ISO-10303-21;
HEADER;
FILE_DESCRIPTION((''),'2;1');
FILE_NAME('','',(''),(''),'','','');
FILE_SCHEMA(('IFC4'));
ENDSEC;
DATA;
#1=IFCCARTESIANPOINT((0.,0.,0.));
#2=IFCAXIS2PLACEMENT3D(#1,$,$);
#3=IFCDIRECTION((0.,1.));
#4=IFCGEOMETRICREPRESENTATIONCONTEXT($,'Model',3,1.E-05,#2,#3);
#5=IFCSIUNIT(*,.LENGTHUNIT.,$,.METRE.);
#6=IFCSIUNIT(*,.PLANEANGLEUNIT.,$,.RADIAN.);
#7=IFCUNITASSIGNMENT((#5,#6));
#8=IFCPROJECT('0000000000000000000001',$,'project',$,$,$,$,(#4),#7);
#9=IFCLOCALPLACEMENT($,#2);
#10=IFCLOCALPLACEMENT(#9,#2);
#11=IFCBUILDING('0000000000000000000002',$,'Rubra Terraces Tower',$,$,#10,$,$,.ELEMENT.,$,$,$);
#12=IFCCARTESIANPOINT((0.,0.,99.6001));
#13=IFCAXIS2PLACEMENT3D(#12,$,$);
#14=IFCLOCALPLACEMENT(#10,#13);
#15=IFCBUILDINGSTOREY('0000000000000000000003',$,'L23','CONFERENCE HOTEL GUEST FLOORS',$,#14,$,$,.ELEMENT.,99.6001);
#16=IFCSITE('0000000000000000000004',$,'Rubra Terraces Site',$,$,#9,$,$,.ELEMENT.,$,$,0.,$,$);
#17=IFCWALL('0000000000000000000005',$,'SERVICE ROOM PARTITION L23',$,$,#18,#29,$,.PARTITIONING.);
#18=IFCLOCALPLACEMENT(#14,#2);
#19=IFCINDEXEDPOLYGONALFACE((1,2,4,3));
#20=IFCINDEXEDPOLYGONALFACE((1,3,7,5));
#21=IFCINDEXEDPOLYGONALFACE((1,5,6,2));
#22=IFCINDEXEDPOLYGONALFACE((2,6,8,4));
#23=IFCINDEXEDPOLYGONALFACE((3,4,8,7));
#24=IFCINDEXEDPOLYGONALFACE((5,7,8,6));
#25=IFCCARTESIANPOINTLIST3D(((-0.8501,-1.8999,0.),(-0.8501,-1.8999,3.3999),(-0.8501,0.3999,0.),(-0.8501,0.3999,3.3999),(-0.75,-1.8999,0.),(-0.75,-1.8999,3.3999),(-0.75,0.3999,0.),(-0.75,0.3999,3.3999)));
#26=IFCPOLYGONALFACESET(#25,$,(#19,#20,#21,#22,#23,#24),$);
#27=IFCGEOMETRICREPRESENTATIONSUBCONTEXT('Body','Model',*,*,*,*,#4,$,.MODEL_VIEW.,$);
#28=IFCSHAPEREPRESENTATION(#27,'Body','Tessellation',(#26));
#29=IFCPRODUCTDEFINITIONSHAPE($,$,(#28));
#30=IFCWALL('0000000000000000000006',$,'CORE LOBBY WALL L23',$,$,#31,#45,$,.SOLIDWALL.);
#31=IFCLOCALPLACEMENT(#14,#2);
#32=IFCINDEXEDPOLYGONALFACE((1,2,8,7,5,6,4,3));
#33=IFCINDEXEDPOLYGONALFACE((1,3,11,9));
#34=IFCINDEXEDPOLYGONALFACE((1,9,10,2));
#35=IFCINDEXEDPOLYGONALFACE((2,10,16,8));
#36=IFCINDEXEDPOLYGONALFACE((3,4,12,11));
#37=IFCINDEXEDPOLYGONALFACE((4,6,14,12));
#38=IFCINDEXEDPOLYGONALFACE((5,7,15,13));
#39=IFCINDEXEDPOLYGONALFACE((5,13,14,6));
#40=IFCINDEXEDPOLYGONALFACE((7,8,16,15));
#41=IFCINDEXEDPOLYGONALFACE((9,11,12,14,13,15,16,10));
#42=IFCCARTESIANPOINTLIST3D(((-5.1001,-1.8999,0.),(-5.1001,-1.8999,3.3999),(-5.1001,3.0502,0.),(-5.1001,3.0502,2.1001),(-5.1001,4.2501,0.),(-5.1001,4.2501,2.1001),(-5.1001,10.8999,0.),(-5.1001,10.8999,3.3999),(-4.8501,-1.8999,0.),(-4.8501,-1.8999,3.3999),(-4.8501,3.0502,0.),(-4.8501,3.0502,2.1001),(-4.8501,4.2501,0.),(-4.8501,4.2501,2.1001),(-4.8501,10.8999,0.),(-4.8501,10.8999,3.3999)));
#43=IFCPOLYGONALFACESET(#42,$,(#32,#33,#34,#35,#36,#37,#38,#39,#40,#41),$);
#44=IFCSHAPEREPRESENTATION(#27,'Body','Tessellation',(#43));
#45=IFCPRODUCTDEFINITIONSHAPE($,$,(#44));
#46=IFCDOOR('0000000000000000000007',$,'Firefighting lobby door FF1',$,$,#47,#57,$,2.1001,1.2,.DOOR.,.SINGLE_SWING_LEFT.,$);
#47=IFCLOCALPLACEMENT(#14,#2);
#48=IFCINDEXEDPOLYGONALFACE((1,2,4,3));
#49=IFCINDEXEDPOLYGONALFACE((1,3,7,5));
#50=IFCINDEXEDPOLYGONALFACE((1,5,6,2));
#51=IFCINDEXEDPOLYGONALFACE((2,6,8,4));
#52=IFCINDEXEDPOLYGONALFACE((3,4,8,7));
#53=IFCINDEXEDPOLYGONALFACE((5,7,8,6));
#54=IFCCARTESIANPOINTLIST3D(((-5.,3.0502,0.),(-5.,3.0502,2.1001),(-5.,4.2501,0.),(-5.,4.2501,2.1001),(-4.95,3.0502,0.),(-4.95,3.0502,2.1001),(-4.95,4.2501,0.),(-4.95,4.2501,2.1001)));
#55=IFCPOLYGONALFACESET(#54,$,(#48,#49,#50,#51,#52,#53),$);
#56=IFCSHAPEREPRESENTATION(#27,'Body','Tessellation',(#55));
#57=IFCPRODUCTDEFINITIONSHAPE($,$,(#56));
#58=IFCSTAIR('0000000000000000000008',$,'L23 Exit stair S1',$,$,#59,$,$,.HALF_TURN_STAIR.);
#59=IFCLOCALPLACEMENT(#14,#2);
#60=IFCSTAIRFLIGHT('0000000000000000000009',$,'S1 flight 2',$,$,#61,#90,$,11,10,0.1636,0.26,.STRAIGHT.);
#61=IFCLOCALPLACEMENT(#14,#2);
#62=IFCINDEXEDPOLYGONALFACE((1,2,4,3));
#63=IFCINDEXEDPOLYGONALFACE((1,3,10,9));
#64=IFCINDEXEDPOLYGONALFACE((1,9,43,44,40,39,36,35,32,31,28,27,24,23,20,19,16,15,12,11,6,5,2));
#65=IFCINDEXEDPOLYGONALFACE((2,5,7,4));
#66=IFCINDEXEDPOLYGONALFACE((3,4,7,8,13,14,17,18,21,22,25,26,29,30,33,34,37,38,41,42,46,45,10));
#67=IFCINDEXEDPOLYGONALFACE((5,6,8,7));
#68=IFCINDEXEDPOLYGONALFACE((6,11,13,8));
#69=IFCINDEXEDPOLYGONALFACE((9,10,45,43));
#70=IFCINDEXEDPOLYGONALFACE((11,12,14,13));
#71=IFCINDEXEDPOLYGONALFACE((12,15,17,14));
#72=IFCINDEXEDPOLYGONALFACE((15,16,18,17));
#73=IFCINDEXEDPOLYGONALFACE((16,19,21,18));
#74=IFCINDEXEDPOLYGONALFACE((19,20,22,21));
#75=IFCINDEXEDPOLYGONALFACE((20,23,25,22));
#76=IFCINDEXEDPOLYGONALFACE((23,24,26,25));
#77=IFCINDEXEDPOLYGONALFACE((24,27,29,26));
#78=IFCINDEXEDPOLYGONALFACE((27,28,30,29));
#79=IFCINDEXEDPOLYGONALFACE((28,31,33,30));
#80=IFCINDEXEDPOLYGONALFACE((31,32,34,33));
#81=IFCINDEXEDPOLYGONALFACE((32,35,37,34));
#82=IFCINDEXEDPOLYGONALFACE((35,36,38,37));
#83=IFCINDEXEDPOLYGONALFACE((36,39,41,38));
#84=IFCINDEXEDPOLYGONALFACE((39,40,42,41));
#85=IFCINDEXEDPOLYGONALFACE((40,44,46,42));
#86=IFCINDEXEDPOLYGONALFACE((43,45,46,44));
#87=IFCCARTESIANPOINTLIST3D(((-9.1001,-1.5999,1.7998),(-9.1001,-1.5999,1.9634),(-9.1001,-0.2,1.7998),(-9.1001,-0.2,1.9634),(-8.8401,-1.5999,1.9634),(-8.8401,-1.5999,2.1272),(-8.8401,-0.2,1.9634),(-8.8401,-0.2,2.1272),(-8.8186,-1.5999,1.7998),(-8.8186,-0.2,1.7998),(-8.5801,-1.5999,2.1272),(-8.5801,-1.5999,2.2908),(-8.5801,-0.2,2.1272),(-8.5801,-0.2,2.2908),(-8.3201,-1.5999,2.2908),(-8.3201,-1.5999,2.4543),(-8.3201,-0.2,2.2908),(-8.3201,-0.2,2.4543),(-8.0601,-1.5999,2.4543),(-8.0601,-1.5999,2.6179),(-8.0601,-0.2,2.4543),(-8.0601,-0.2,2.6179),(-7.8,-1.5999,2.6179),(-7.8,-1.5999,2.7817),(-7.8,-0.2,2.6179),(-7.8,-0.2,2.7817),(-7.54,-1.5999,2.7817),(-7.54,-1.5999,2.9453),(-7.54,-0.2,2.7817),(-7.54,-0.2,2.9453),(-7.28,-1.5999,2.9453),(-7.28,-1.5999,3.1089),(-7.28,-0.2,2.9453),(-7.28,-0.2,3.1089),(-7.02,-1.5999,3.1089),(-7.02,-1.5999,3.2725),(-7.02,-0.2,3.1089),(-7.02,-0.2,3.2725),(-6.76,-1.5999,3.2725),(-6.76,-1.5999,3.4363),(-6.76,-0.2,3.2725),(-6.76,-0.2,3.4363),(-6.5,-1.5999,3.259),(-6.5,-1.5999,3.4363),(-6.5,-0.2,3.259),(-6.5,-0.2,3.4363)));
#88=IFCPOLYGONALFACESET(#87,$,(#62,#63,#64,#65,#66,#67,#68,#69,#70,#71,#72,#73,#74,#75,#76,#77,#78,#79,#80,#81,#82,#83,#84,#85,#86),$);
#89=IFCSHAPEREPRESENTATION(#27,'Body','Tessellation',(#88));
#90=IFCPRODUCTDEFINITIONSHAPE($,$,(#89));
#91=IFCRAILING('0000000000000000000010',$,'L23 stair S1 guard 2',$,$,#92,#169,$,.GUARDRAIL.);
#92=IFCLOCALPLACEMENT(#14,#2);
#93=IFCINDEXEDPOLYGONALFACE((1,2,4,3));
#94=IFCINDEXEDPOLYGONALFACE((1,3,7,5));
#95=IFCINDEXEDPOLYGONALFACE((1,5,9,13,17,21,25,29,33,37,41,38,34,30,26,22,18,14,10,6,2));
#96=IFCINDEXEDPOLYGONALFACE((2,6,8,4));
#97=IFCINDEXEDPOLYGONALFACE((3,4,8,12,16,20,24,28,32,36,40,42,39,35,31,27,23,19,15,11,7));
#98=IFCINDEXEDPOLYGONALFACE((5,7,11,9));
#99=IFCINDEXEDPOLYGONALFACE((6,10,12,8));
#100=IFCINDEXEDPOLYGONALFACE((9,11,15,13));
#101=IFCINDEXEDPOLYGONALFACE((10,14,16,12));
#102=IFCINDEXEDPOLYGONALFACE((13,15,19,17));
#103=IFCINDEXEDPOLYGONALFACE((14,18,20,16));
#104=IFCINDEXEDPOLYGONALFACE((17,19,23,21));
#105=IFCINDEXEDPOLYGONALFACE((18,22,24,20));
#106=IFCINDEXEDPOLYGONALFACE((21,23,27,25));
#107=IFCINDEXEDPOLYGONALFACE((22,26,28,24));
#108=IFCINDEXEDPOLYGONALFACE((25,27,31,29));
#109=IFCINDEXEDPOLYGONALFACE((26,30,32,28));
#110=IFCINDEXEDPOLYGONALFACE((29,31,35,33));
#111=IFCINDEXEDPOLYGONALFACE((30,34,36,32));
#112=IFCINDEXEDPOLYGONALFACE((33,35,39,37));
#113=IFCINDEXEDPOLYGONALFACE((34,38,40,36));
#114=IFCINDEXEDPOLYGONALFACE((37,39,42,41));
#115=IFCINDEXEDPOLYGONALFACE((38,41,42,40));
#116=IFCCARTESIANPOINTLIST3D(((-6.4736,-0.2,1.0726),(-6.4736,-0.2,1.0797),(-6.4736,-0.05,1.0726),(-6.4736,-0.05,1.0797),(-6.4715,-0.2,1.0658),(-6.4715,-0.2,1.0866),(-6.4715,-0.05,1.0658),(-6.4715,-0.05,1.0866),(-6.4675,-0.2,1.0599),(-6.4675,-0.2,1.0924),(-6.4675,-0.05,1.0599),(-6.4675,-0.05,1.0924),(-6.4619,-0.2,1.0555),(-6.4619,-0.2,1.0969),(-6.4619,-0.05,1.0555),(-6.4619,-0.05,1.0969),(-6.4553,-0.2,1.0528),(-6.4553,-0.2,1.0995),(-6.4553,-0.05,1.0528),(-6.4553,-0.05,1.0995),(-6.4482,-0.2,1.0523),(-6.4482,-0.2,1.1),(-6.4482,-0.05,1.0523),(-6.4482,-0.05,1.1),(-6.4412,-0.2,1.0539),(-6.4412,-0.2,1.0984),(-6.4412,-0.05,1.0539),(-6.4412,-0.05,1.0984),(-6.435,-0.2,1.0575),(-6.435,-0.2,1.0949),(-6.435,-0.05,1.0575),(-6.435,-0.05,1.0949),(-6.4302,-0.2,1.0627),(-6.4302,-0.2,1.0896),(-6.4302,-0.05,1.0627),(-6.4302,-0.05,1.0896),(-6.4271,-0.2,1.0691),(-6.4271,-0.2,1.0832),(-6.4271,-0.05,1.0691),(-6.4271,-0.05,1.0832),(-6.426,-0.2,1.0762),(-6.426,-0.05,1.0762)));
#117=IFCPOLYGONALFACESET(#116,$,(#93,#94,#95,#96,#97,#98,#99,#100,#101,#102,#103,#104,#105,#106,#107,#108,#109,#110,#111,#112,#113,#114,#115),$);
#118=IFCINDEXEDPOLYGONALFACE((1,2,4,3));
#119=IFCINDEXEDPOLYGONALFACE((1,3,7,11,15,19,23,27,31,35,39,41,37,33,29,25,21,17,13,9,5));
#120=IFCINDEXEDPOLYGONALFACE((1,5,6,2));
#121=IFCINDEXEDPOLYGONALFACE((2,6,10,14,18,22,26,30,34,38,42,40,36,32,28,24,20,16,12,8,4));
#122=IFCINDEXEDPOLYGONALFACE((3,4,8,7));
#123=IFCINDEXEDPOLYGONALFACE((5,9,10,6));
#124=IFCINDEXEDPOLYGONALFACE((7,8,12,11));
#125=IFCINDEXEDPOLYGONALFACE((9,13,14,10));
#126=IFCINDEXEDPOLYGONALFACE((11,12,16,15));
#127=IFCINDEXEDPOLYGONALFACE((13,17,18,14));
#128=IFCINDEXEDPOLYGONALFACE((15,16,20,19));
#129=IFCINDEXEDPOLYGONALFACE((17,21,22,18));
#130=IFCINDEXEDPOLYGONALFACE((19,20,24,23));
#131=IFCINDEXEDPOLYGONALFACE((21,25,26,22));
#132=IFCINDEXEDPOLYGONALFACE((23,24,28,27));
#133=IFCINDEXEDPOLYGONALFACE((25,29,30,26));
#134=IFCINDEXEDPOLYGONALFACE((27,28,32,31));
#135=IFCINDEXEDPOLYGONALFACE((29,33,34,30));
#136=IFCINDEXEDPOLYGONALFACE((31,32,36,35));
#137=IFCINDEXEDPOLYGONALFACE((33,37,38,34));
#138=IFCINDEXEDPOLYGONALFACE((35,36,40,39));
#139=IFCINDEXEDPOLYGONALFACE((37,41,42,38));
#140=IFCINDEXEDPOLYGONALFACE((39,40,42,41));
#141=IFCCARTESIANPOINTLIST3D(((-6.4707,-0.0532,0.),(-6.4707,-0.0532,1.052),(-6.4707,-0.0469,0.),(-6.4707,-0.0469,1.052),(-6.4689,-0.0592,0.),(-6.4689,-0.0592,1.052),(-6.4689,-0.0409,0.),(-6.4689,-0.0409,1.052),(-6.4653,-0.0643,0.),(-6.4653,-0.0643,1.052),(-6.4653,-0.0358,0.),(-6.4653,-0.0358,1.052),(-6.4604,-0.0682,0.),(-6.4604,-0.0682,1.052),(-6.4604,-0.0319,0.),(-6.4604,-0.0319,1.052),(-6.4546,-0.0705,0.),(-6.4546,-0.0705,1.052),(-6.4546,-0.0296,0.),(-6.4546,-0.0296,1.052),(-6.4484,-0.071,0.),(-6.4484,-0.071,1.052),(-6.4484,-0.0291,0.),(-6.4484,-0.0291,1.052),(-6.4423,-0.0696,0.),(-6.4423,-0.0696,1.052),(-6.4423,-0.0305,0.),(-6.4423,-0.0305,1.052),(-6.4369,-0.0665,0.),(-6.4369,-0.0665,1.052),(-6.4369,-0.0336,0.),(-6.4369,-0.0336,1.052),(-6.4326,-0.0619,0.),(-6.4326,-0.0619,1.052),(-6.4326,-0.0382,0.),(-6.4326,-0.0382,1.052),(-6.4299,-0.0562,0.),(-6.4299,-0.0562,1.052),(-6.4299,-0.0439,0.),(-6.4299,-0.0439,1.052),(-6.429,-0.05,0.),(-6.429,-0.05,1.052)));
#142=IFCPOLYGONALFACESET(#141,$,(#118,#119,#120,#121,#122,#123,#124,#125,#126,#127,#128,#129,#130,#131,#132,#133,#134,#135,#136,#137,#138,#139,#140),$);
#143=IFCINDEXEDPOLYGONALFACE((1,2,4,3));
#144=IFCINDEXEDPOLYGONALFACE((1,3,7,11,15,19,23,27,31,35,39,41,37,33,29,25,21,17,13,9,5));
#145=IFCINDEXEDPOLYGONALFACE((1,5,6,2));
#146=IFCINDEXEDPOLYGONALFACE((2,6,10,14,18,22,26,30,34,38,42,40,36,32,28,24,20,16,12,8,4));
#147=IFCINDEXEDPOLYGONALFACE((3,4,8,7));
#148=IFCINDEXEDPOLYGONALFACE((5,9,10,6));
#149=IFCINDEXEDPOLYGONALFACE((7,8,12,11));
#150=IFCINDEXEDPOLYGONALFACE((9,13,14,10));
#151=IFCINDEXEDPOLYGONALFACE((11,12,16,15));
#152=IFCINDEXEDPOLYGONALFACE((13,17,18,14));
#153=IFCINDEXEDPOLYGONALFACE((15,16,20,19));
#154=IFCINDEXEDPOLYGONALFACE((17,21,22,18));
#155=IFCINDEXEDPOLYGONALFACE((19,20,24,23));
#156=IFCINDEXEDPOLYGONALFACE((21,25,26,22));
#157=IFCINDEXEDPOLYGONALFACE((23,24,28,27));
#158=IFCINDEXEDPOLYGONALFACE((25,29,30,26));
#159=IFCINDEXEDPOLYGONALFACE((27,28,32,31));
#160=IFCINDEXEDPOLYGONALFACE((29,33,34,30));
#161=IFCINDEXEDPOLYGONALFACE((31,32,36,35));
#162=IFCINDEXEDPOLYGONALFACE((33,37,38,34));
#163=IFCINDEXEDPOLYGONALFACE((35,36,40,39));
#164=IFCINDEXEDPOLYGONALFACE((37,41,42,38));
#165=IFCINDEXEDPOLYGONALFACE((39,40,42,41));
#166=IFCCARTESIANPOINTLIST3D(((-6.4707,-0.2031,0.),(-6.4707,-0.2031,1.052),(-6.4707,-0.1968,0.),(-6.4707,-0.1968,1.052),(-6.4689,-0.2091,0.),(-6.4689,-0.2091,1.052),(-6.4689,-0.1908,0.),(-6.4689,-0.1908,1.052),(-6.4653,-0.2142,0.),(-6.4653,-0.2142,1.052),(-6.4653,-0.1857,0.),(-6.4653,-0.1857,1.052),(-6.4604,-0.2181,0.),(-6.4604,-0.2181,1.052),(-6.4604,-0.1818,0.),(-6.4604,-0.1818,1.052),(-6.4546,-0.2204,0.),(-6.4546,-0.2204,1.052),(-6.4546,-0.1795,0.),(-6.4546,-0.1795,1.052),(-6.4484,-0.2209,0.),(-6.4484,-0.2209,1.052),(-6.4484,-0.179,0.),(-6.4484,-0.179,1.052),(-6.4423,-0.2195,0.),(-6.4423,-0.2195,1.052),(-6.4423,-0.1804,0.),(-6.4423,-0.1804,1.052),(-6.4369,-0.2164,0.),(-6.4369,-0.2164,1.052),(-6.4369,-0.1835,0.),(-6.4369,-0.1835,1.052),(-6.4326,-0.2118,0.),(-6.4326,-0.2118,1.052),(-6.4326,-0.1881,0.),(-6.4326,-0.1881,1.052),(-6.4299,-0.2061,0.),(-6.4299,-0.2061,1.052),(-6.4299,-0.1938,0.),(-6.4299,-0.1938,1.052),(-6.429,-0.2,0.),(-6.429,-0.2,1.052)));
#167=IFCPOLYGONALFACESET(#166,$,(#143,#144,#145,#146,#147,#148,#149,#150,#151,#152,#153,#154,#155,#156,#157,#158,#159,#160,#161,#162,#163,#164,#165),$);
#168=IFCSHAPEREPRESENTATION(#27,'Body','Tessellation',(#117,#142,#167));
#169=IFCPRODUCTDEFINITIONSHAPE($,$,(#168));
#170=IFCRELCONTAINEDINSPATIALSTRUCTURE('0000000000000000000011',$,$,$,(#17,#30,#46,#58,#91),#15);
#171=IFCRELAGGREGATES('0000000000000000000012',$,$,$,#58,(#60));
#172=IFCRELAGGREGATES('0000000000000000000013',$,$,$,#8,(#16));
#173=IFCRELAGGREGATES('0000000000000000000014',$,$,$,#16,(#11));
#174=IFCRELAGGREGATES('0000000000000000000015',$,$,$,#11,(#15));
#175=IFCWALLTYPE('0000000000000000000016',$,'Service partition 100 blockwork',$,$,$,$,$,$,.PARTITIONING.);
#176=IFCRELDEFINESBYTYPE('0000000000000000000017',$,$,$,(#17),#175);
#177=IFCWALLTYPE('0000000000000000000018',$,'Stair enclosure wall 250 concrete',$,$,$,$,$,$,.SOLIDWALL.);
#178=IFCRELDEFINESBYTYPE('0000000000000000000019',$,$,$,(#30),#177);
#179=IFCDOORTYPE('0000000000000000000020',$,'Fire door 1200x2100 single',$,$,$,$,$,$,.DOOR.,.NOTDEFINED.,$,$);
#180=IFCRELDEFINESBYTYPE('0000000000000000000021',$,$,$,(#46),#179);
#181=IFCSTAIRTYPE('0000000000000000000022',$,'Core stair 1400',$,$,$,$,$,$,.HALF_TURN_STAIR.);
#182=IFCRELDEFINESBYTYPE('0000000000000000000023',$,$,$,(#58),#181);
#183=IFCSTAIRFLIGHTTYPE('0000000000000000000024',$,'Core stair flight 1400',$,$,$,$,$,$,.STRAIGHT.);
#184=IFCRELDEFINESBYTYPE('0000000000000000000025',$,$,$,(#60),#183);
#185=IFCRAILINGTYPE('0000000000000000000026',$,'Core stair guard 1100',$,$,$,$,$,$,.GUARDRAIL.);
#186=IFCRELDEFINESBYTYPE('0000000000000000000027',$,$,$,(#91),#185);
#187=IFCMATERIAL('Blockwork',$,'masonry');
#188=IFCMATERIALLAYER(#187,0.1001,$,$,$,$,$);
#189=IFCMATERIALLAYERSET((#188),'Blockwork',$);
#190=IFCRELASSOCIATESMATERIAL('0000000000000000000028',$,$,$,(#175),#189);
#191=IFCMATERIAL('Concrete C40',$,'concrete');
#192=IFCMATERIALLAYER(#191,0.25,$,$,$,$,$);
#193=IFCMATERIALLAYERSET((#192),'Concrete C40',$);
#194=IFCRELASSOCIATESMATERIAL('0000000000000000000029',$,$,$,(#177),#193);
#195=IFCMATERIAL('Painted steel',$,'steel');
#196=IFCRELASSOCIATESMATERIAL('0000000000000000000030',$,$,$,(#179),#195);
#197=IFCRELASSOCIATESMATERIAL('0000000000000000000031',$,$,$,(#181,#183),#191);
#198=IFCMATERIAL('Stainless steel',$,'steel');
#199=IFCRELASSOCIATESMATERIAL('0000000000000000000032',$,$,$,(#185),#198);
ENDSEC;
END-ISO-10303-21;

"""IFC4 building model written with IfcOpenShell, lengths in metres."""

from ifc_helpers import new_model, si_unit, direction, frame, frame_2d, origin, origin_2d, place, context, subcontext, project, spatial, polyline, rectangle, circle, outline, extrude, material, layer, layer_set, type_object, element, fill, aggregate, save


model = new_model("IFC4")

# Units and contexts
model_context = context("Model", 3, precision=1e-05, world=origin(), true_north=direction((0.0, 1.0)))
body_context = subcontext(model_context, "Body", "Model", "MODEL_VIEW")
ifc_project = project(units=[si_unit("LENGTHUNIT", "METRE"), si_unit("PLANEANGLEUNIT", "RADIAN")], contexts=[model_context])

# Site, building, storey
site_placement = place(None, origin())
site = spatial("IfcSite", under=ifc_project, at=site_placement, Name="Rubra Terraces Site", CompositionType="ELEMENT", RefElevation=0.0)
building_placement = place(site_placement, origin())
building = spatial("IfcBuilding", under=site, at=building_placement, Name="Rubra Terraces Tower", CompositionType="ELEMENT")
storey_placement = place(building_placement, frame((0.0, 0.0, 99.6001)))
storey = spatial("IfcBuildingStorey", under=building, at=storey_placement, Name="L23", Description="CONFERENCE HOTEL GUEST FLOORS", CompositionType="ELEMENT", Elevation=99.6001)

# Shared definitions
ifc_material_1 = material(Name="Concrete C40", Category="concrete")

# Shared definitions
ifc_material_2 = material(Name="Painted steel", Category="steel")

# Wall
ifc_material_3 = material(Name="Blockwork", Category="masonry")
ifc_layer_1 = layer(ifc_material_3, 0.1001)
ifc_layer_set_1 = layer_set([ifc_layer_1], Name="Blockwork")
wall_type_1 = type_object("IfcWallType", Name="Service partition 100 blockwork", PredefinedType="PARTITIONING", material=ifc_layer_set_1)
wall_1_placement = place(storey_placement, frame((-0.8, -1.8999, 0.0), z_axis=(0.0, 0.0, 1.0), x_axis=(0.0, 1.0, 0.0)))
element("IfcWall", 1, at=wall_1_placement, inside=storey, type_object=wall_type_1, Name="SERVICE ROOM PARTITION L23", PredefinedType="PARTITIONING", context=body_context, shape_type="SweptSolid", body=[
    extrude(rectangle(XDim=2.2998, YDim=0.1001, at=frame_2d((1.1499, 0.0))), origin(), (0.0, 0.0, 1.0), 3.3999),
])

# Wall, opening, door
ifc_layer_2 = layer(ifc_material_1, 0.25)
ifc_layer_set_2 = layer_set([ifc_layer_2], Name="Concrete C40")
wall_type_2 = type_object("IfcWallType", Name="Stair enclosure wall 250 concrete", PredefinedType="SOLIDWALL", material=ifc_layer_set_2)
wall_2_placement = place(storey_placement, frame((-4.9751, -1.8999, 0.0), z_axis=(0.0, 0.0, 1.0), x_axis=(0.0, 1.0, 0.0)))
wall_2 = element("IfcWall", 2, at=wall_2_placement, inside=storey, type_object=wall_type_2, Name="CORE LOBBY WALL L23", PredefinedType="SOLIDWALL", context=body_context, shape_type="SweptSolid", body=[
    extrude(rectangle(XDim=12.7998, YDim=0.25, at=frame_2d((6.3999, 0.0))), origin(), (0.0, 0.0, 1.0), 3.3999),
])
opening_1_placement = place(wall_2_placement, frame((4.95, 0.0, 0.0)))
opening_1 = element("IfcOpeningElement", 3, at=opening_1_placement, cuts=wall_2, PredefinedType="OPENING", context=body_context, shape_type="SweptSolid", body=[
    extrude(rectangle(XDim=1.2, YDim=2.1001, at=frame_2d((0.6001, 1.05))), frame((0.0, 0.135, 0.0), z_axis=(0.0, -1.0, 0.0), x_axis=(1.0, 0.0, 0.0)), (0.0, 0.0, 1.0), 0.27),
])
door_type_1 = type_object("IfcDoorType", Name="Fire door 1200x2100 single", OperationType="NOTDEFINED", PredefinedType="DOOR", material=ifc_material_2)
door_1_placement = place(opening_1_placement, origin())
door_1 = element("IfcDoor", 4, at=door_1_placement, inside=storey, type_object=door_type_1, Name="Firefighting lobby door FF1", OperationType="SINGLE_SWING_LEFT", OverallHeight=2.1001, OverallWidth=1.2, PredefinedType="DOOR", context=body_context, shape_type="SweptSolid", body=[
    extrude(rectangle(XDim=1.2, YDim=2.1001, at=frame_2d((0.6001, 1.05))), frame((0.0, 0.0249, 0.0), z_axis=(0.0, -1.0, 0.0), x_axis=(1.0, 0.0, 0.0)), (0.0, 0.0, 1.0), 0.05),
])
fill(opening_1, door_1)

# Stair, stair flight
stair_type = type_object("IfcStairType", Name="Core stair 1400", PredefinedType="HALF_TURN_STAIR", material=ifc_material_1)
stair_placement = place(storey_placement, origin())
stair = element("IfcStair", 5, at=stair_placement, inside=storey, type_object=stair_type, Name="L23 Exit stair S1", PredefinedType="HALF_TURN_STAIR")
stair_flight_type = type_object("IfcStairFlightType", Name="Core stair flight 1400", PredefinedType="STRAIGHT", material=ifc_material_1)
stair_flight_placement = place(storey_placement, frame((-9.1001, -0.8999, 1.7998), z_axis=(0.0, 0.0, 1.0), x_axis=(1.0, 0.0, 0.0)))
stair_flight = element("IfcStairFlight", 6, at=stair_flight_placement, type_object=stair_flight_type, Name="S1 flight 2", NumberOfRisers=11, NumberOfTreads=10, PredefinedType="STRAIGHT", RiserHeight=0.1636, TreadLength=0.26, context=body_context, shape_type="SweptSolid", body=[
    extrude(outline(polyline([(0.0, 0.0), (0.0, 0.1636), (0.26, 0.1636), (0.26, 0.3274), (0.52, 0.3274), (0.52, 0.491), (0.78, 0.491), (0.78, 0.6545), (1.04, 0.6545), (1.04, 0.8181), (1.3, 0.8181), (1.3, 0.9819), (1.5601, 0.9819), (1.5601, 1.1455), (1.8201, 1.1455), (1.8201, 1.3091), (2.0801, 1.3091), (2.0801, 1.4727), (2.3401, 1.4727), (2.3401, 1.6365), (2.6001, 1.6365), (2.6001, 1.8), (2.6001, 1.4592), (0.2815, 0.0), (0.0, 0.0)])), frame((0.0, 0.7, 0.0), z_axis=(0.0, -1.0, 0.0), x_axis=(1.0, 0.0, 0.0)), (0.0, 0.0, 1.0), 1.3999),
])
aggregate(stair, [stair_flight])

# Railing
ifc_material_4 = material(Name="Stainless steel", Category="steel")
railing_type = type_object("IfcRailingType", Name="Core stair guard 1100", PredefinedType="GUARDRAIL", material=ifc_material_4)
railing_1_placement = place(storey_placement, frame((-6.45, -0.05, 0.0)))
element("IfcRailing", 7, at=railing_1_placement, inside=storey, type_object=railing_type, Name="L23 stair S1 guard 2", PredefinedType="GUARDRAIL", context=body_context, shape_type="SweptSolid", body=[
    extrude(circle(Radius=0.0239, at=origin_2d()), frame((0.0, 0.0, 1.0762), z_axis=(0.0, -1.0, 0.0), x_axis=(1.0, 0.0, 0.0)), (0.0, 0.0, 1.0), 0.1499),
    extrude(circle(Radius=0.021, at=origin_2d()), origin(), (0.0, 0.0, 1.0), 1.052),
    extrude(circle(Radius=0.021, at=origin_2d()), frame((0.0, -0.1499, 0.0)), (0.0, 0.0, 1.0), 1.052),
])

save(model, "model.ifc")
